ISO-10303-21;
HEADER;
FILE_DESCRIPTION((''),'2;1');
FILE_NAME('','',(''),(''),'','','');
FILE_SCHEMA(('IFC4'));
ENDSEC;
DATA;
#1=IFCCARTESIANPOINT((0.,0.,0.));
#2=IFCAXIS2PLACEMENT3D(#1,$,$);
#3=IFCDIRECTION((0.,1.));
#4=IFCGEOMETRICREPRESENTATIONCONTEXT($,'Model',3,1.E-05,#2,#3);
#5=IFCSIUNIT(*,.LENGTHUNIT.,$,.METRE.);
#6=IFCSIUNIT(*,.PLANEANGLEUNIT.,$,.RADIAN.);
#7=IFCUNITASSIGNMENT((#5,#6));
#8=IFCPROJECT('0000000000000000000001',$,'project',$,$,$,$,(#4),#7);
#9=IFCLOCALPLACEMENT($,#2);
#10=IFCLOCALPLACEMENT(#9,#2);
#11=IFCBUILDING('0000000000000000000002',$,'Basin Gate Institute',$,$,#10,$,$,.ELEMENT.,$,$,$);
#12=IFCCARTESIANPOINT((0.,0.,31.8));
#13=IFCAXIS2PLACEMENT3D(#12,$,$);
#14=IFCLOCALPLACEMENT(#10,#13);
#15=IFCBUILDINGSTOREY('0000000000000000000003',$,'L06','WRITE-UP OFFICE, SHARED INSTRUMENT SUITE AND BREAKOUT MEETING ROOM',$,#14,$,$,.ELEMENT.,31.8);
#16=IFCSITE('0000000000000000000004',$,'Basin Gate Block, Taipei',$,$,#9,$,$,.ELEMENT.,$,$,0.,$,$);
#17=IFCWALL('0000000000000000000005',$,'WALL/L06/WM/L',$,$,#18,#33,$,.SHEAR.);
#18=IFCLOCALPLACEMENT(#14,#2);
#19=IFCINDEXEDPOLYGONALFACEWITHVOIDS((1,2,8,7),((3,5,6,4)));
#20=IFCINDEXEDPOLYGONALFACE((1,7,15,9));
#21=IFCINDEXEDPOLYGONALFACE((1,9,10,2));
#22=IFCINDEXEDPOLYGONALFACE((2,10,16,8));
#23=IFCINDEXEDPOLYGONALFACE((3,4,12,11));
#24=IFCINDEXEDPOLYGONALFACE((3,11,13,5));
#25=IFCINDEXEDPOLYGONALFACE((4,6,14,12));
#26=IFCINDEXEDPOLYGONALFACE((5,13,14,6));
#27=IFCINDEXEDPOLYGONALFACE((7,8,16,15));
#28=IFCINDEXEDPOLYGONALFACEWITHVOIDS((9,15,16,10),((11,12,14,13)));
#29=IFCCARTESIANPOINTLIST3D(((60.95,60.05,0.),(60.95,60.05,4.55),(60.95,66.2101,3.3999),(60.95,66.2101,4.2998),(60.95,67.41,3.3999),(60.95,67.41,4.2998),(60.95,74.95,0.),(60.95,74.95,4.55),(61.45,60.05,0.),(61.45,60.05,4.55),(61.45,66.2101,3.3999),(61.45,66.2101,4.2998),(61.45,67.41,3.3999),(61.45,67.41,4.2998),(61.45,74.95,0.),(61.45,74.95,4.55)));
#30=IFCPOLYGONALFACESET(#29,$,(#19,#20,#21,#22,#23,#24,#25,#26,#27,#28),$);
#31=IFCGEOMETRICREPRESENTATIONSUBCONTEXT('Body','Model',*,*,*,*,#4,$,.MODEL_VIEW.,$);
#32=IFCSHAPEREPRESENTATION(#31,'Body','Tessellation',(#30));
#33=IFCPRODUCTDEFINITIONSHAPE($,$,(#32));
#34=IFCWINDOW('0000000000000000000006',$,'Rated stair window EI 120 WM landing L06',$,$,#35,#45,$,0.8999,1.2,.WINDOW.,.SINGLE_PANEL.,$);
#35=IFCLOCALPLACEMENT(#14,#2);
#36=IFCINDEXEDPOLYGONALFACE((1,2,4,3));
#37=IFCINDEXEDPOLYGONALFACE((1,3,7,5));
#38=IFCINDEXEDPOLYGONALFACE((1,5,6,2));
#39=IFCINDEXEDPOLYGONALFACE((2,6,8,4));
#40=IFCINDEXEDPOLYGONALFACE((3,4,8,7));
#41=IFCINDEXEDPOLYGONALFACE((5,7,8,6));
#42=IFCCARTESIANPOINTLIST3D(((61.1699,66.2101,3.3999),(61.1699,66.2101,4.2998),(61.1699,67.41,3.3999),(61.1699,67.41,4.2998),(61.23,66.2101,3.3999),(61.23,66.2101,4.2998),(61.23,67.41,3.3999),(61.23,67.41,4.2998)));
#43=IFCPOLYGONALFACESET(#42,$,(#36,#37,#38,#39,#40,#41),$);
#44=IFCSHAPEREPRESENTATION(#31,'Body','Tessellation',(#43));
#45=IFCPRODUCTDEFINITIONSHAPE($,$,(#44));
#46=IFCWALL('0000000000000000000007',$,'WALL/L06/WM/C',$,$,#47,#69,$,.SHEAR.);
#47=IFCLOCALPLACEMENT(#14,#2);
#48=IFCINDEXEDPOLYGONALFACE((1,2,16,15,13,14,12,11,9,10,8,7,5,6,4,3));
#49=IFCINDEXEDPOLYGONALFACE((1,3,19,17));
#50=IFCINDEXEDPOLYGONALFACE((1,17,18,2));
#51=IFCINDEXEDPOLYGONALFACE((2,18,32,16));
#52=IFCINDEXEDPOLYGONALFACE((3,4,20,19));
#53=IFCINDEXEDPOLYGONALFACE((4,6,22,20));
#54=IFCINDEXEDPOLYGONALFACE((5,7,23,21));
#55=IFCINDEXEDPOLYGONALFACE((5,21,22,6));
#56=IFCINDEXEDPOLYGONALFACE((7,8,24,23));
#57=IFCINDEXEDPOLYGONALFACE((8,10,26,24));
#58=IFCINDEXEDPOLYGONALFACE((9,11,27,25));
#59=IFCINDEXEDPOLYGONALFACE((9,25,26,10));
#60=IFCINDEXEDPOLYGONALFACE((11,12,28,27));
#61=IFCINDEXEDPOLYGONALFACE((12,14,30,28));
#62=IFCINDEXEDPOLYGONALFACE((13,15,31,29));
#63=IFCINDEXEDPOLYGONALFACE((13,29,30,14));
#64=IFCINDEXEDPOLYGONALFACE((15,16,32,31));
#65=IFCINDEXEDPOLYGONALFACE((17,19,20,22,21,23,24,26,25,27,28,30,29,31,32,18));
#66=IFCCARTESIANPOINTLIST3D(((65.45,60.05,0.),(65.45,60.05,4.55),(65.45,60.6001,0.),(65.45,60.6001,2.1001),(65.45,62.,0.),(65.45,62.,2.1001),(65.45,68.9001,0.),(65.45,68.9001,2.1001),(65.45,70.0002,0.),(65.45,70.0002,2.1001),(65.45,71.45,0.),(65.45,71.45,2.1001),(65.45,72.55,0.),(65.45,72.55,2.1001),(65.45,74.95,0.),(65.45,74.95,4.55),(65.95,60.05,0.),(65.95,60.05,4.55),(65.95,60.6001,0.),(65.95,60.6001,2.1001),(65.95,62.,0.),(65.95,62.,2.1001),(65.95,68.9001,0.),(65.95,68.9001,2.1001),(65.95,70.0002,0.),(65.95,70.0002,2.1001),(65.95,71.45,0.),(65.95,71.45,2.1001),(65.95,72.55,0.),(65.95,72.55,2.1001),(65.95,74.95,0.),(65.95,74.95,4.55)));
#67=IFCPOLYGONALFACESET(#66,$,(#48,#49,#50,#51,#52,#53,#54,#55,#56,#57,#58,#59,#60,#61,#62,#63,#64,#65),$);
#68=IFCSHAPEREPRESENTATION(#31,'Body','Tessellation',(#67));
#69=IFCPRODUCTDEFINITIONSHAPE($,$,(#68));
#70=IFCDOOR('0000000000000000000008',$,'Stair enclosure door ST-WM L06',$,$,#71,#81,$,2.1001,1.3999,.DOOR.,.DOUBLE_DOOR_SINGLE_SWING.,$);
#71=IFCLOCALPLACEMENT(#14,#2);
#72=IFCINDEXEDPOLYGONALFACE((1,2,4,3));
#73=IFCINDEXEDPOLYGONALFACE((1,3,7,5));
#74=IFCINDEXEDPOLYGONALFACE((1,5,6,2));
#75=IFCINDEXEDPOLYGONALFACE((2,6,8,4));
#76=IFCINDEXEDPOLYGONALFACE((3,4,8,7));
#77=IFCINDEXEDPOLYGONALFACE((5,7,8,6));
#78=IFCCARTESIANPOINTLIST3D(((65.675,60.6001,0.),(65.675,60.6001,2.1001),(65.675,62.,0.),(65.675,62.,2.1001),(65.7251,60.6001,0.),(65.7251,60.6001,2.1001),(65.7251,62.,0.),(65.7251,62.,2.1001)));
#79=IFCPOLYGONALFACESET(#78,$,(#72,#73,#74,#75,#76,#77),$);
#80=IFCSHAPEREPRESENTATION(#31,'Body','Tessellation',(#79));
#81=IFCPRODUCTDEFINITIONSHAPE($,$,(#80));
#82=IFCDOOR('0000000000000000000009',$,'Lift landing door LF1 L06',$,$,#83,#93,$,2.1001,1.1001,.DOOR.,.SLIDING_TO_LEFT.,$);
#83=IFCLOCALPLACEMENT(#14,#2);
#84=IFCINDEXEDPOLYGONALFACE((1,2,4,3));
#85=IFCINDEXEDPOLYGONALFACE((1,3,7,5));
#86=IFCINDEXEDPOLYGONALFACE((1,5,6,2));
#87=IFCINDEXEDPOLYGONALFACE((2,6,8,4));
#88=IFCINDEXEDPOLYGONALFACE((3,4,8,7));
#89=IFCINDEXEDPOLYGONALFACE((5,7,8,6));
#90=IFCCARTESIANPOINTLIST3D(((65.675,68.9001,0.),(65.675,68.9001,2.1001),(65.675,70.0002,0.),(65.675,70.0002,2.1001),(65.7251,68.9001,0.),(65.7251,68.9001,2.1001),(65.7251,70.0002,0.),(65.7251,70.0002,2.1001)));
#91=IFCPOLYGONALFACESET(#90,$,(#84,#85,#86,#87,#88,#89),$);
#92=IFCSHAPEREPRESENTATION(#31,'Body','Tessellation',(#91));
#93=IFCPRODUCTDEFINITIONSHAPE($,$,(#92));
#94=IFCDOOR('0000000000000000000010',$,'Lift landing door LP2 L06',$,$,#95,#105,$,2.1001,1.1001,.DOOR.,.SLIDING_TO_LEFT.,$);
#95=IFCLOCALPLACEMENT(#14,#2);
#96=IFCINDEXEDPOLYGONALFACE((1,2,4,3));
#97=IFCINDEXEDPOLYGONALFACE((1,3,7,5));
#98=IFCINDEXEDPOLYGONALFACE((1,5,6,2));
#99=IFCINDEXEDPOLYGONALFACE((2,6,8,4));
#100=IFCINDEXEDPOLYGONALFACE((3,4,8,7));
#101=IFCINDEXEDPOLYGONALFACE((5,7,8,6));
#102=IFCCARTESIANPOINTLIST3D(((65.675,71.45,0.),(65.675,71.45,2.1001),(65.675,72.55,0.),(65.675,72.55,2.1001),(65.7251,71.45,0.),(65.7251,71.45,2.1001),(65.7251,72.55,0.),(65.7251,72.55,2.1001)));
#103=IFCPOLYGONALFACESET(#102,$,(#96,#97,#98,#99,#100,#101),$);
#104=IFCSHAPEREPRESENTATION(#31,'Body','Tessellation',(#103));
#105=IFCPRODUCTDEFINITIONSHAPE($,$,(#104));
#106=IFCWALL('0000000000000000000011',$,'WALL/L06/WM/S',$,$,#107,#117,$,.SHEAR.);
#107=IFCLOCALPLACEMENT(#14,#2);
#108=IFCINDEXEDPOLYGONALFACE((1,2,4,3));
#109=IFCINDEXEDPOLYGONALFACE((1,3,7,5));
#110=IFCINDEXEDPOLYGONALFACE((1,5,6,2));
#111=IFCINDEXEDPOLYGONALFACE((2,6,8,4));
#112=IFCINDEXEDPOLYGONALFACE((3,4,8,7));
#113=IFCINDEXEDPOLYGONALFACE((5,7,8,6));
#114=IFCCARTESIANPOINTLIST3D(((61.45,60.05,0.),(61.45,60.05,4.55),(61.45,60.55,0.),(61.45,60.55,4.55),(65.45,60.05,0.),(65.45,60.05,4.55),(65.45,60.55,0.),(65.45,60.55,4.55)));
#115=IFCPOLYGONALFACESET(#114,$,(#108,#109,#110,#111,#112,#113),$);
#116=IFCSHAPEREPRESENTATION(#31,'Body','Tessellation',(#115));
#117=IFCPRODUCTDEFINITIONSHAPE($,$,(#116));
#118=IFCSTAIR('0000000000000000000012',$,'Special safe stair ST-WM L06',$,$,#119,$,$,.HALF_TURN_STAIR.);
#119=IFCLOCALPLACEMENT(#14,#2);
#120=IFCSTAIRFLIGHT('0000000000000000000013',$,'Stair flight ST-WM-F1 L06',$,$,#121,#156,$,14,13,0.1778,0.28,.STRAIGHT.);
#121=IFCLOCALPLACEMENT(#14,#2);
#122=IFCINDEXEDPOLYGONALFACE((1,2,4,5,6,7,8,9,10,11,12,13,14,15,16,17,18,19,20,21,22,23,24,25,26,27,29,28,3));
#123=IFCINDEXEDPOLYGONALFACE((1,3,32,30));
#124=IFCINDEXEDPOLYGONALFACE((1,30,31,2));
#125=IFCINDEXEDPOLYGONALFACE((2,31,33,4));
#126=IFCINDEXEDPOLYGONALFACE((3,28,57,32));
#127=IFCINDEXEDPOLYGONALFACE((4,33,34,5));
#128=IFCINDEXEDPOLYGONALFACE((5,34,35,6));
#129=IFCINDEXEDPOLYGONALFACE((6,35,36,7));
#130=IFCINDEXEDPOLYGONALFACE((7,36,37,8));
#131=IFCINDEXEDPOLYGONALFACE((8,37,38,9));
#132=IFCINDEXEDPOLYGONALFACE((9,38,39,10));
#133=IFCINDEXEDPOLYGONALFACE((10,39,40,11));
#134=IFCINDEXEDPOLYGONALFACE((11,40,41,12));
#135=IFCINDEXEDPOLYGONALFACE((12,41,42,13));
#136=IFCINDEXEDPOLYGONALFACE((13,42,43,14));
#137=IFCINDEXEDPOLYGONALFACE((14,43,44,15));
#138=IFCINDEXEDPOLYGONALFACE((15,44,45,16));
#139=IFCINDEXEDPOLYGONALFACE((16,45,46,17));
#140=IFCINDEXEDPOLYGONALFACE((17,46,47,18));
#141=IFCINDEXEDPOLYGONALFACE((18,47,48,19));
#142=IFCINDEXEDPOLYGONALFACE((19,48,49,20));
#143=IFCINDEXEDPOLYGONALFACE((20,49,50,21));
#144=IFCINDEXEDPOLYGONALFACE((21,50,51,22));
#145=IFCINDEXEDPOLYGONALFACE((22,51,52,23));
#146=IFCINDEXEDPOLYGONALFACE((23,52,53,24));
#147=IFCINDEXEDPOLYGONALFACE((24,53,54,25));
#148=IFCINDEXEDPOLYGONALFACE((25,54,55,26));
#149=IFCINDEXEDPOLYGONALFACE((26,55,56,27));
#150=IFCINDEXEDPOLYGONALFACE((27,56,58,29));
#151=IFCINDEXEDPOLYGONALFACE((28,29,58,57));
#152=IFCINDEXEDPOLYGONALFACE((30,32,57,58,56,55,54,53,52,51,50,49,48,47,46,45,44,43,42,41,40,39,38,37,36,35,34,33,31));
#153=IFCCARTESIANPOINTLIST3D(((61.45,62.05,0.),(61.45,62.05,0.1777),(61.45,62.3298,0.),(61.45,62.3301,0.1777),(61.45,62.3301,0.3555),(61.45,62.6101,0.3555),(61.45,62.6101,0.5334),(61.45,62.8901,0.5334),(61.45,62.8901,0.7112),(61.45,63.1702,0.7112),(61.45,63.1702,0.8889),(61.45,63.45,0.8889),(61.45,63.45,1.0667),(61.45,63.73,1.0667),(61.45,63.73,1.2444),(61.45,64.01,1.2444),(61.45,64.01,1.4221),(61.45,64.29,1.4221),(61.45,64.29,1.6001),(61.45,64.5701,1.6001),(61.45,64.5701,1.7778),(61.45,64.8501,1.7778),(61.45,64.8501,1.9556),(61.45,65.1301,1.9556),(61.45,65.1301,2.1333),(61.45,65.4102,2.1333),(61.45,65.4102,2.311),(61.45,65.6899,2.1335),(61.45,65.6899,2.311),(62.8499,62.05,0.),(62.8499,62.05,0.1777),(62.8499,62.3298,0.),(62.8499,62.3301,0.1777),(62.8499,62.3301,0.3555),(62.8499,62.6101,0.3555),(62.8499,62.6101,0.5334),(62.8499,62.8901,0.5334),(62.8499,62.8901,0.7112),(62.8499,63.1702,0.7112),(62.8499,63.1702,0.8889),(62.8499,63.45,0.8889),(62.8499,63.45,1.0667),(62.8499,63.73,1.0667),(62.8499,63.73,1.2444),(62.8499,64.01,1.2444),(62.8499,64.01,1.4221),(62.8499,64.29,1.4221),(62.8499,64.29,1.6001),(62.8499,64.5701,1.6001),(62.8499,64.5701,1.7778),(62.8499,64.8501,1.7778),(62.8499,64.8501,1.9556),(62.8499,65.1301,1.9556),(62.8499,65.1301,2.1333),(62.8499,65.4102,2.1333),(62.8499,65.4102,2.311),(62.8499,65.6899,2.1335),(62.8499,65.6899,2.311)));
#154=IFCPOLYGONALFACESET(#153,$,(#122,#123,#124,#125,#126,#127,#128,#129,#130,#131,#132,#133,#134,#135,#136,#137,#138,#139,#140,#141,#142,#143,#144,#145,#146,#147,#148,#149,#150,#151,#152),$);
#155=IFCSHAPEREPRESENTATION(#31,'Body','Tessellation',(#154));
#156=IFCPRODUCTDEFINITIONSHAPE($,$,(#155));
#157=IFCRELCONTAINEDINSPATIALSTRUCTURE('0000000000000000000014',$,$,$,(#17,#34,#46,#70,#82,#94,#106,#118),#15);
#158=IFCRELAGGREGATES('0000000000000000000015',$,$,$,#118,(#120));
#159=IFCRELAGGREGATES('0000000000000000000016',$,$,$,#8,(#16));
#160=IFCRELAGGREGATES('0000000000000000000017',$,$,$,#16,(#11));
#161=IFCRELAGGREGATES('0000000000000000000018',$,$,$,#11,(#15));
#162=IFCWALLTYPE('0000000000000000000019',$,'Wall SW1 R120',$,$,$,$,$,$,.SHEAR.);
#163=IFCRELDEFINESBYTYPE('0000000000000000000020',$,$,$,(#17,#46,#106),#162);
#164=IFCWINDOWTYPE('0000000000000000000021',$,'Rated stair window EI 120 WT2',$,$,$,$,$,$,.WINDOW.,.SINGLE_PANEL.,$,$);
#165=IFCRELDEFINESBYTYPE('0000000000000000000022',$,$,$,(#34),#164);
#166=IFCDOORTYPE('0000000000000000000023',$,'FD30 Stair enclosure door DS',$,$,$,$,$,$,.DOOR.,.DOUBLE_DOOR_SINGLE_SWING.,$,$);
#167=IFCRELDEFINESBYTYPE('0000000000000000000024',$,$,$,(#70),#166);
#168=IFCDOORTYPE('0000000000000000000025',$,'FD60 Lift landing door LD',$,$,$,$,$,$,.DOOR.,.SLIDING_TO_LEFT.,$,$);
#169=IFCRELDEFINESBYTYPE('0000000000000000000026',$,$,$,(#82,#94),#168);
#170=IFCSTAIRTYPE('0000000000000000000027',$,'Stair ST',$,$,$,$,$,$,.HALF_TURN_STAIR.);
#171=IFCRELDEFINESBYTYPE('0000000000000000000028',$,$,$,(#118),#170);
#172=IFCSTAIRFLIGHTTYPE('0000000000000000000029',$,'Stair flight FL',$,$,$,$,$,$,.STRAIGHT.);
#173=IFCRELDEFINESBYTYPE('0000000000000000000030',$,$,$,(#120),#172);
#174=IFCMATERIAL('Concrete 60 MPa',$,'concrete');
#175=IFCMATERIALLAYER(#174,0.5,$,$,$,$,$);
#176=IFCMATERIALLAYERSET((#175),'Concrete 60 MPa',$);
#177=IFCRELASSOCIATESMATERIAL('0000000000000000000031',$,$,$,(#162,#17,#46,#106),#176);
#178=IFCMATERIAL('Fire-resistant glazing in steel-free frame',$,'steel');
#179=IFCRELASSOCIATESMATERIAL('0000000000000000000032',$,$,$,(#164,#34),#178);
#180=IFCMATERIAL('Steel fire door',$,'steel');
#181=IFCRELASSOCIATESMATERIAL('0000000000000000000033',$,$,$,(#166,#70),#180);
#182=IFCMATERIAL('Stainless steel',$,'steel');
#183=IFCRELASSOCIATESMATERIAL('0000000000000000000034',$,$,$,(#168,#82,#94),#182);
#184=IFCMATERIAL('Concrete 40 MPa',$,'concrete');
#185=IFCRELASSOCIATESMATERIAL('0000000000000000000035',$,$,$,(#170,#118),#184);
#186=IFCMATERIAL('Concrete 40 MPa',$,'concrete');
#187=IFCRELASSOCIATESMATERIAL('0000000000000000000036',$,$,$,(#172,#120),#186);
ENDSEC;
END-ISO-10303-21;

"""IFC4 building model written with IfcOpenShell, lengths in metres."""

from ifc_helpers import new_model, si_unit, direction, frame, frame_2d, origin, place, context, subcontext, project, spatial, polyline, rectangle, outline, extrude, material, layer, layer_set, type_object, element, fill, aggregate, save


model = new_model("IFC4")

# Units and contexts
model_context = context("Model", 3, precision=1e-05, world=origin(), true_north=direction((0.0, 1.0)))
body_context = subcontext(model_context, "Body", "Model", "MODEL_VIEW")
ifc_project = project(units=[si_unit("LENGTHUNIT", "METRE"), si_unit("PLANEANGLEUNIT", "RADIAN")], contexts=[model_context])

# Site, building, storey
site_placement = place(None, origin())
site = spatial("IfcSite", under=ifc_project, at=site_placement, Name="Basin Gate Block, Taipei", CompositionType="ELEMENT", RefElevation=0.0)
building_placement = place(site_placement, origin())
building = spatial("IfcBuilding", under=site, at=building_placement, Name="Basin Gate Institute", CompositionType="ELEMENT")
storey_placement = place(building_placement, frame((0.0, 0.0, 31.8)))
storey = spatial("IfcBuildingStorey", under=building, at=storey_placement, Name="L06", Description="WRITE-UP OFFICE, SHARED INSTRUMENT SUITE AND BREAKOUT MEETING ROOM", CompositionType="ELEMENT", Elevation=31.8)

# Wall, opening, window
ifc_material_1 = material(Name="Concrete 60 MPa", Category="concrete")
ifc_layer_1 = layer(ifc_material_1, 0.5)
ifc_layer_set_1 = layer_set([ifc_layer_1], Name="Concrete 60 MPa")
wall_type_1 = type_object("IfcWallType", Name="Wall SW1 R120", PredefinedType="SHEAR", material=ifc_layer_set_1)
wall_1_placement = place(storey_placement, frame((61.2, 60.05, 0.0), z_axis=(0.0, 0.0, 1.0), x_axis=(0.0, 1.0, 0.0)))
wall_1 = element("IfcWall", 1, at=wall_1_placement, inside=storey, type_object=wall_type_1, material=ifc_layer_set_1, Name="WALL/L06/WM/L", PredefinedType="SHEAR", context=body_context, shape_type="SweptSolid", body=[
    extrude(rectangle(XDim=14.8999, YDim=0.5, at=frame_2d((7.45, 0.0))), origin(), (0.0, 0.0, 1.0), 4.55),
])
opening_1_placement = place(wall_1_placement, frame((6.1599, 0.0, 3.3999)))
opening_1 = element("IfcOpeningElement", 2, at=opening_1_placement, cuts=wall_1, PredefinedType="OPENING", context=body_context, shape_type="SweptSolid", body=[
    extrude(rectangle(XDim=1.2, YDim=0.8999, at=frame_2d((0.6001, 0.45))), frame((0.0, 0.26, 0.0), z_axis=(0.0, -1.0, 0.0), x_axis=(1.0, 0.0, 0.0)), (0.0, 0.0, 1.0), 0.52),
])
ifc_material_2 = material(Name="Fire-resistant glazing in steel-free frame", Category="steel")
window_type_1 = type_object("IfcWindowType", Name="Rated stair window EI 120 WT2", PartitioningType="SINGLE_PANEL", PredefinedType="WINDOW", material=ifc_material_2)
window_1_placement = place(opening_1_placement, origin())
window_1 = element("IfcWindow", 3, at=window_1_placement, inside=storey, type_object=window_type_1, material=ifc_material_2, Name="Rated stair window EI 120 WM landing L06", OverallHeight=0.8999, OverallWidth=1.2, PartitioningType="SINGLE_PANEL", PredefinedType="WINDOW", context=body_context, shape_type="SweptSolid", body=[
    extrude(rectangle(XDim=1.2, YDim=0.8999, at=frame_2d((0.6001, 0.45))), frame((0.0, 0.03, 0.0), z_axis=(0.0, -1.0, 0.0), x_axis=(1.0, 0.0, 0.0)), (0.0, 0.0, 1.0), 0.0601),
])
fill(opening_1, window_1)

# Wall, openings, doors
wall_2_placement = place(storey_placement, frame((65.7, 60.05, 0.0), z_axis=(0.0, 0.0, 1.0), x_axis=(0.0, 1.0, 0.0)))
wall_2 = element("IfcWall", 4, at=wall_2_placement, inside=storey, type_object=wall_type_1, material=ifc_layer_set_1, Name="WALL/L06/WM/C", PredefinedType="SHEAR", context=body_context, shape_type="SweptSolid", body=[
    extrude(rectangle(XDim=14.8999, YDim=0.5, at=frame_2d((7.45, 0.0))), origin(), (0.0, 0.0, 1.0), 4.55),
])
opening_2_placement = place(wall_2_placement, frame((0.55, 0.0, 0.0)))
opening_2 = element("IfcOpeningElement", 5, at=opening_2_placement, cuts=wall_2, PredefinedType="OPENING", context=body_context, shape_type="SweptSolid", body=[
    extrude(rectangle(XDim=1.3999, YDim=2.1001, at=frame_2d((0.7, 1.05))), frame((0.0, 0.26, 0.0), z_axis=(0.0, -1.0, 0.0), x_axis=(1.0, 0.0, 0.0)), (0.0, 0.0, 1.0), 0.52),
])
opening_3_placement = place(wall_2_placement, frame((8.8501, 0.0, 0.0)))
opening_3 = element("IfcOpeningElement", 6, at=opening_3_placement, cuts=wall_2, PredefinedType="OPENING", context=body_context, shape_type="SweptSolid", body=[
    extrude(rectangle(XDim=1.1001, YDim=2.1001, at=frame_2d((0.55, 1.05))), frame((0.0, 0.26, 0.0), z_axis=(0.0, -1.0, 0.0), x_axis=(1.0, 0.0, 0.0)), (0.0, 0.0, 1.0), 0.52),
])
opening_4_placement = place(wall_2_placement, frame((11.3999, 0.0, 0.0)))
opening_4 = element("IfcOpeningElement", 7, at=opening_4_placement, cuts=wall_2, PredefinedType="OPENING", context=body_context, shape_type="SweptSolid", body=[
    extrude(rectangle(XDim=1.1001, YDim=2.1001, at=frame_2d((0.55, 1.05))), frame((0.0, 0.26, 0.0), z_axis=(0.0, -1.0, 0.0), x_axis=(1.0, 0.0, 0.0)), (0.0, 0.0, 1.0), 0.52),
])
ifc_material_3 = material(Name="Steel fire door", Category="steel")
door_type_1 = type_object("IfcDoorType", Name="FD30 Stair enclosure door DS", OperationType="DOUBLE_DOOR_SINGLE_SWING", PredefinedType="DOOR", material=ifc_material_3)
door_1_placement = place(opening_2_placement, origin())
door_1 = element("IfcDoor", 8, at=door_1_placement, inside=storey, type_object=door_type_1, material=ifc_material_3, Name="Stair enclosure door ST-WM L06", OperationType="DOUBLE_DOOR_SINGLE_SWING", OverallHeight=2.1001, OverallWidth=1.3999, PredefinedType="DOOR", context=body_context, shape_type="SweptSolid", body=[
    extrude(rectangle(XDim=1.3999, YDim=2.1001, at=frame_2d((0.7, 1.05))), frame((0.0, 0.0249, 0.0), z_axis=(0.0, -1.0, 0.0), x_axis=(1.0, 0.0, 0.0)), (0.0, 0.0, 1.0), 0.05),
])
fill(opening_2, door_1)
ifc_material_4 = material(Name="Stainless steel", Category="steel")
door_type_2 = type_object("IfcDoorType", Name="FD60 Lift landing door LD", OperationType="SLIDING_TO_LEFT", PredefinedType="DOOR", material=ifc_material_4)
door_2_placement = place(opening_3_placement, origin())
door_2 = element("IfcDoor", 9, at=door_2_placement, inside=storey, type_object=door_type_2, material=ifc_material_4, Name="Lift landing door LF1 L06", OperationType="SLIDING_TO_LEFT", OverallHeight=2.1001, OverallWidth=1.1001, PredefinedType="DOOR", context=body_context, shape_type="SweptSolid", body=[
    extrude(rectangle(XDim=1.1001, YDim=2.1001, at=frame_2d((0.55, 1.05))), frame((0.0, 0.0249, 0.0), z_axis=(0.0, -1.0, 0.0), x_axis=(1.0, 0.0, 0.0)), (0.0, 0.0, 1.0), 0.05),
])
fill(opening_3, door_2)
door_3_placement = place(opening_4_placement, origin())
door_3 = element("IfcDoor", 10, at=door_3_placement, inside=storey, type_object=door_type_2, material=ifc_material_4, Name="Lift landing door LP2 L06", OperationType="SLIDING_TO_LEFT", OverallHeight=2.1001, OverallWidth=1.1001, PredefinedType="DOOR", context=body_context, shape_type="SweptSolid", body=[
    extrude(rectangle(XDim=1.1001, YDim=2.1001, at=frame_2d((0.55, 1.05))), frame((0.0, 0.0249, 0.0), z_axis=(0.0, -1.0, 0.0), x_axis=(1.0, 0.0, 0.0)), (0.0, 0.0, 1.0), 0.05),
])
fill(opening_4, door_3)

# Wall
wall_3_placement = place(storey_placement, frame((61.45, 60.3, 0.0), z_axis=(0.0, 0.0, 1.0), x_axis=(1.0, 0.0, 0.0)))
element("IfcWall", 11, at=wall_3_placement, inside=storey, type_object=wall_type_1, material=ifc_layer_set_1, Name="WALL/L06/WM/S", PredefinedType="SHEAR", context=body_context, shape_type="SweptSolid", body=[
    extrude(rectangle(XDim=4.0, YDim=0.5, at=frame_2d((2.0, 0.0))), origin(), (0.0, 0.0, 1.0), 4.55),
])

# Stair, stair flight
ifc_material_5 = material(Name="Concrete 40 MPa", Category="concrete")
stair_type = type_object("IfcStairType", Name="Stair ST", PredefinedType="HALF_TURN_STAIR", material=ifc_material_5)
stair_placement = place(storey_placement, origin())
stair = element("IfcStair", 12, at=stair_placement, inside=storey, type_object=stair_type, material=ifc_material_5, Name="Special safe stair ST-WM L06", PredefinedType="HALF_TURN_STAIR")
ifc_material_6 = material(Name="Concrete 40 MPa", Category="concrete")
stair_flight_type = type_object("IfcStairFlightType", Name="Stair flight FL", PredefinedType="STRAIGHT", material=ifc_material_6)
stair_flight_1_placement = place(storey_placement, frame((62.1499, 62.05, 0.0), z_axis=(0.0, 0.0, 1.0), x_axis=(0.0, 1.0, 0.0)))
stair_flight_1 = element("IfcStairFlight", 13, at=stair_flight_1_placement, type_object=stair_flight_type, material=ifc_material_6, Name="Stair flight ST-WM-F1 L06", NumberOfRisers=14, NumberOfTreads=13, PredefinedType="STRAIGHT", RiserHeight=0.1778, TreadLength=0.28, context=body_context, shape_type="SweptSolid", body=[
    extrude(outline(polyline([(0.0, 0.0), (0.0, 0.1777), (0.28, 0.1777), (0.28, 0.3555), (0.5601, 0.3555), (0.5601, 0.5334), (0.8401, 0.5334), (0.8401, 0.7112), (1.1201, 0.7112), (1.1201, 0.8889), (1.3999, 0.8889), (1.3999, 1.0667), (1.6799, 1.0667), (1.6799, 1.2444), (1.96, 1.2444), (1.96, 1.4221), (2.24, 1.4221), (2.24, 1.6001), (2.52, 1.6001), (2.52, 1.7778), (2.8, 1.7778), (2.8, 1.9556), (3.0801, 1.9556), (3.0801, 2.1333), (3.3601, 2.1333), (3.3601, 2.311), (3.6399, 2.311), (3.6399, 2.4888), (3.6399, 2.1335), (0.2798, 0.0), (0.0, 0.0)])), frame((0.0, 0.7, 0.0), z_axis=(0.0, -1.0, 0.0), x_axis=(1.0, 0.0, 0.0)), (0.0, 0.0, 1.0), 1.3999),
])
aggregate(stair, [stair_flight_1])

save(model, "model.ifc")
